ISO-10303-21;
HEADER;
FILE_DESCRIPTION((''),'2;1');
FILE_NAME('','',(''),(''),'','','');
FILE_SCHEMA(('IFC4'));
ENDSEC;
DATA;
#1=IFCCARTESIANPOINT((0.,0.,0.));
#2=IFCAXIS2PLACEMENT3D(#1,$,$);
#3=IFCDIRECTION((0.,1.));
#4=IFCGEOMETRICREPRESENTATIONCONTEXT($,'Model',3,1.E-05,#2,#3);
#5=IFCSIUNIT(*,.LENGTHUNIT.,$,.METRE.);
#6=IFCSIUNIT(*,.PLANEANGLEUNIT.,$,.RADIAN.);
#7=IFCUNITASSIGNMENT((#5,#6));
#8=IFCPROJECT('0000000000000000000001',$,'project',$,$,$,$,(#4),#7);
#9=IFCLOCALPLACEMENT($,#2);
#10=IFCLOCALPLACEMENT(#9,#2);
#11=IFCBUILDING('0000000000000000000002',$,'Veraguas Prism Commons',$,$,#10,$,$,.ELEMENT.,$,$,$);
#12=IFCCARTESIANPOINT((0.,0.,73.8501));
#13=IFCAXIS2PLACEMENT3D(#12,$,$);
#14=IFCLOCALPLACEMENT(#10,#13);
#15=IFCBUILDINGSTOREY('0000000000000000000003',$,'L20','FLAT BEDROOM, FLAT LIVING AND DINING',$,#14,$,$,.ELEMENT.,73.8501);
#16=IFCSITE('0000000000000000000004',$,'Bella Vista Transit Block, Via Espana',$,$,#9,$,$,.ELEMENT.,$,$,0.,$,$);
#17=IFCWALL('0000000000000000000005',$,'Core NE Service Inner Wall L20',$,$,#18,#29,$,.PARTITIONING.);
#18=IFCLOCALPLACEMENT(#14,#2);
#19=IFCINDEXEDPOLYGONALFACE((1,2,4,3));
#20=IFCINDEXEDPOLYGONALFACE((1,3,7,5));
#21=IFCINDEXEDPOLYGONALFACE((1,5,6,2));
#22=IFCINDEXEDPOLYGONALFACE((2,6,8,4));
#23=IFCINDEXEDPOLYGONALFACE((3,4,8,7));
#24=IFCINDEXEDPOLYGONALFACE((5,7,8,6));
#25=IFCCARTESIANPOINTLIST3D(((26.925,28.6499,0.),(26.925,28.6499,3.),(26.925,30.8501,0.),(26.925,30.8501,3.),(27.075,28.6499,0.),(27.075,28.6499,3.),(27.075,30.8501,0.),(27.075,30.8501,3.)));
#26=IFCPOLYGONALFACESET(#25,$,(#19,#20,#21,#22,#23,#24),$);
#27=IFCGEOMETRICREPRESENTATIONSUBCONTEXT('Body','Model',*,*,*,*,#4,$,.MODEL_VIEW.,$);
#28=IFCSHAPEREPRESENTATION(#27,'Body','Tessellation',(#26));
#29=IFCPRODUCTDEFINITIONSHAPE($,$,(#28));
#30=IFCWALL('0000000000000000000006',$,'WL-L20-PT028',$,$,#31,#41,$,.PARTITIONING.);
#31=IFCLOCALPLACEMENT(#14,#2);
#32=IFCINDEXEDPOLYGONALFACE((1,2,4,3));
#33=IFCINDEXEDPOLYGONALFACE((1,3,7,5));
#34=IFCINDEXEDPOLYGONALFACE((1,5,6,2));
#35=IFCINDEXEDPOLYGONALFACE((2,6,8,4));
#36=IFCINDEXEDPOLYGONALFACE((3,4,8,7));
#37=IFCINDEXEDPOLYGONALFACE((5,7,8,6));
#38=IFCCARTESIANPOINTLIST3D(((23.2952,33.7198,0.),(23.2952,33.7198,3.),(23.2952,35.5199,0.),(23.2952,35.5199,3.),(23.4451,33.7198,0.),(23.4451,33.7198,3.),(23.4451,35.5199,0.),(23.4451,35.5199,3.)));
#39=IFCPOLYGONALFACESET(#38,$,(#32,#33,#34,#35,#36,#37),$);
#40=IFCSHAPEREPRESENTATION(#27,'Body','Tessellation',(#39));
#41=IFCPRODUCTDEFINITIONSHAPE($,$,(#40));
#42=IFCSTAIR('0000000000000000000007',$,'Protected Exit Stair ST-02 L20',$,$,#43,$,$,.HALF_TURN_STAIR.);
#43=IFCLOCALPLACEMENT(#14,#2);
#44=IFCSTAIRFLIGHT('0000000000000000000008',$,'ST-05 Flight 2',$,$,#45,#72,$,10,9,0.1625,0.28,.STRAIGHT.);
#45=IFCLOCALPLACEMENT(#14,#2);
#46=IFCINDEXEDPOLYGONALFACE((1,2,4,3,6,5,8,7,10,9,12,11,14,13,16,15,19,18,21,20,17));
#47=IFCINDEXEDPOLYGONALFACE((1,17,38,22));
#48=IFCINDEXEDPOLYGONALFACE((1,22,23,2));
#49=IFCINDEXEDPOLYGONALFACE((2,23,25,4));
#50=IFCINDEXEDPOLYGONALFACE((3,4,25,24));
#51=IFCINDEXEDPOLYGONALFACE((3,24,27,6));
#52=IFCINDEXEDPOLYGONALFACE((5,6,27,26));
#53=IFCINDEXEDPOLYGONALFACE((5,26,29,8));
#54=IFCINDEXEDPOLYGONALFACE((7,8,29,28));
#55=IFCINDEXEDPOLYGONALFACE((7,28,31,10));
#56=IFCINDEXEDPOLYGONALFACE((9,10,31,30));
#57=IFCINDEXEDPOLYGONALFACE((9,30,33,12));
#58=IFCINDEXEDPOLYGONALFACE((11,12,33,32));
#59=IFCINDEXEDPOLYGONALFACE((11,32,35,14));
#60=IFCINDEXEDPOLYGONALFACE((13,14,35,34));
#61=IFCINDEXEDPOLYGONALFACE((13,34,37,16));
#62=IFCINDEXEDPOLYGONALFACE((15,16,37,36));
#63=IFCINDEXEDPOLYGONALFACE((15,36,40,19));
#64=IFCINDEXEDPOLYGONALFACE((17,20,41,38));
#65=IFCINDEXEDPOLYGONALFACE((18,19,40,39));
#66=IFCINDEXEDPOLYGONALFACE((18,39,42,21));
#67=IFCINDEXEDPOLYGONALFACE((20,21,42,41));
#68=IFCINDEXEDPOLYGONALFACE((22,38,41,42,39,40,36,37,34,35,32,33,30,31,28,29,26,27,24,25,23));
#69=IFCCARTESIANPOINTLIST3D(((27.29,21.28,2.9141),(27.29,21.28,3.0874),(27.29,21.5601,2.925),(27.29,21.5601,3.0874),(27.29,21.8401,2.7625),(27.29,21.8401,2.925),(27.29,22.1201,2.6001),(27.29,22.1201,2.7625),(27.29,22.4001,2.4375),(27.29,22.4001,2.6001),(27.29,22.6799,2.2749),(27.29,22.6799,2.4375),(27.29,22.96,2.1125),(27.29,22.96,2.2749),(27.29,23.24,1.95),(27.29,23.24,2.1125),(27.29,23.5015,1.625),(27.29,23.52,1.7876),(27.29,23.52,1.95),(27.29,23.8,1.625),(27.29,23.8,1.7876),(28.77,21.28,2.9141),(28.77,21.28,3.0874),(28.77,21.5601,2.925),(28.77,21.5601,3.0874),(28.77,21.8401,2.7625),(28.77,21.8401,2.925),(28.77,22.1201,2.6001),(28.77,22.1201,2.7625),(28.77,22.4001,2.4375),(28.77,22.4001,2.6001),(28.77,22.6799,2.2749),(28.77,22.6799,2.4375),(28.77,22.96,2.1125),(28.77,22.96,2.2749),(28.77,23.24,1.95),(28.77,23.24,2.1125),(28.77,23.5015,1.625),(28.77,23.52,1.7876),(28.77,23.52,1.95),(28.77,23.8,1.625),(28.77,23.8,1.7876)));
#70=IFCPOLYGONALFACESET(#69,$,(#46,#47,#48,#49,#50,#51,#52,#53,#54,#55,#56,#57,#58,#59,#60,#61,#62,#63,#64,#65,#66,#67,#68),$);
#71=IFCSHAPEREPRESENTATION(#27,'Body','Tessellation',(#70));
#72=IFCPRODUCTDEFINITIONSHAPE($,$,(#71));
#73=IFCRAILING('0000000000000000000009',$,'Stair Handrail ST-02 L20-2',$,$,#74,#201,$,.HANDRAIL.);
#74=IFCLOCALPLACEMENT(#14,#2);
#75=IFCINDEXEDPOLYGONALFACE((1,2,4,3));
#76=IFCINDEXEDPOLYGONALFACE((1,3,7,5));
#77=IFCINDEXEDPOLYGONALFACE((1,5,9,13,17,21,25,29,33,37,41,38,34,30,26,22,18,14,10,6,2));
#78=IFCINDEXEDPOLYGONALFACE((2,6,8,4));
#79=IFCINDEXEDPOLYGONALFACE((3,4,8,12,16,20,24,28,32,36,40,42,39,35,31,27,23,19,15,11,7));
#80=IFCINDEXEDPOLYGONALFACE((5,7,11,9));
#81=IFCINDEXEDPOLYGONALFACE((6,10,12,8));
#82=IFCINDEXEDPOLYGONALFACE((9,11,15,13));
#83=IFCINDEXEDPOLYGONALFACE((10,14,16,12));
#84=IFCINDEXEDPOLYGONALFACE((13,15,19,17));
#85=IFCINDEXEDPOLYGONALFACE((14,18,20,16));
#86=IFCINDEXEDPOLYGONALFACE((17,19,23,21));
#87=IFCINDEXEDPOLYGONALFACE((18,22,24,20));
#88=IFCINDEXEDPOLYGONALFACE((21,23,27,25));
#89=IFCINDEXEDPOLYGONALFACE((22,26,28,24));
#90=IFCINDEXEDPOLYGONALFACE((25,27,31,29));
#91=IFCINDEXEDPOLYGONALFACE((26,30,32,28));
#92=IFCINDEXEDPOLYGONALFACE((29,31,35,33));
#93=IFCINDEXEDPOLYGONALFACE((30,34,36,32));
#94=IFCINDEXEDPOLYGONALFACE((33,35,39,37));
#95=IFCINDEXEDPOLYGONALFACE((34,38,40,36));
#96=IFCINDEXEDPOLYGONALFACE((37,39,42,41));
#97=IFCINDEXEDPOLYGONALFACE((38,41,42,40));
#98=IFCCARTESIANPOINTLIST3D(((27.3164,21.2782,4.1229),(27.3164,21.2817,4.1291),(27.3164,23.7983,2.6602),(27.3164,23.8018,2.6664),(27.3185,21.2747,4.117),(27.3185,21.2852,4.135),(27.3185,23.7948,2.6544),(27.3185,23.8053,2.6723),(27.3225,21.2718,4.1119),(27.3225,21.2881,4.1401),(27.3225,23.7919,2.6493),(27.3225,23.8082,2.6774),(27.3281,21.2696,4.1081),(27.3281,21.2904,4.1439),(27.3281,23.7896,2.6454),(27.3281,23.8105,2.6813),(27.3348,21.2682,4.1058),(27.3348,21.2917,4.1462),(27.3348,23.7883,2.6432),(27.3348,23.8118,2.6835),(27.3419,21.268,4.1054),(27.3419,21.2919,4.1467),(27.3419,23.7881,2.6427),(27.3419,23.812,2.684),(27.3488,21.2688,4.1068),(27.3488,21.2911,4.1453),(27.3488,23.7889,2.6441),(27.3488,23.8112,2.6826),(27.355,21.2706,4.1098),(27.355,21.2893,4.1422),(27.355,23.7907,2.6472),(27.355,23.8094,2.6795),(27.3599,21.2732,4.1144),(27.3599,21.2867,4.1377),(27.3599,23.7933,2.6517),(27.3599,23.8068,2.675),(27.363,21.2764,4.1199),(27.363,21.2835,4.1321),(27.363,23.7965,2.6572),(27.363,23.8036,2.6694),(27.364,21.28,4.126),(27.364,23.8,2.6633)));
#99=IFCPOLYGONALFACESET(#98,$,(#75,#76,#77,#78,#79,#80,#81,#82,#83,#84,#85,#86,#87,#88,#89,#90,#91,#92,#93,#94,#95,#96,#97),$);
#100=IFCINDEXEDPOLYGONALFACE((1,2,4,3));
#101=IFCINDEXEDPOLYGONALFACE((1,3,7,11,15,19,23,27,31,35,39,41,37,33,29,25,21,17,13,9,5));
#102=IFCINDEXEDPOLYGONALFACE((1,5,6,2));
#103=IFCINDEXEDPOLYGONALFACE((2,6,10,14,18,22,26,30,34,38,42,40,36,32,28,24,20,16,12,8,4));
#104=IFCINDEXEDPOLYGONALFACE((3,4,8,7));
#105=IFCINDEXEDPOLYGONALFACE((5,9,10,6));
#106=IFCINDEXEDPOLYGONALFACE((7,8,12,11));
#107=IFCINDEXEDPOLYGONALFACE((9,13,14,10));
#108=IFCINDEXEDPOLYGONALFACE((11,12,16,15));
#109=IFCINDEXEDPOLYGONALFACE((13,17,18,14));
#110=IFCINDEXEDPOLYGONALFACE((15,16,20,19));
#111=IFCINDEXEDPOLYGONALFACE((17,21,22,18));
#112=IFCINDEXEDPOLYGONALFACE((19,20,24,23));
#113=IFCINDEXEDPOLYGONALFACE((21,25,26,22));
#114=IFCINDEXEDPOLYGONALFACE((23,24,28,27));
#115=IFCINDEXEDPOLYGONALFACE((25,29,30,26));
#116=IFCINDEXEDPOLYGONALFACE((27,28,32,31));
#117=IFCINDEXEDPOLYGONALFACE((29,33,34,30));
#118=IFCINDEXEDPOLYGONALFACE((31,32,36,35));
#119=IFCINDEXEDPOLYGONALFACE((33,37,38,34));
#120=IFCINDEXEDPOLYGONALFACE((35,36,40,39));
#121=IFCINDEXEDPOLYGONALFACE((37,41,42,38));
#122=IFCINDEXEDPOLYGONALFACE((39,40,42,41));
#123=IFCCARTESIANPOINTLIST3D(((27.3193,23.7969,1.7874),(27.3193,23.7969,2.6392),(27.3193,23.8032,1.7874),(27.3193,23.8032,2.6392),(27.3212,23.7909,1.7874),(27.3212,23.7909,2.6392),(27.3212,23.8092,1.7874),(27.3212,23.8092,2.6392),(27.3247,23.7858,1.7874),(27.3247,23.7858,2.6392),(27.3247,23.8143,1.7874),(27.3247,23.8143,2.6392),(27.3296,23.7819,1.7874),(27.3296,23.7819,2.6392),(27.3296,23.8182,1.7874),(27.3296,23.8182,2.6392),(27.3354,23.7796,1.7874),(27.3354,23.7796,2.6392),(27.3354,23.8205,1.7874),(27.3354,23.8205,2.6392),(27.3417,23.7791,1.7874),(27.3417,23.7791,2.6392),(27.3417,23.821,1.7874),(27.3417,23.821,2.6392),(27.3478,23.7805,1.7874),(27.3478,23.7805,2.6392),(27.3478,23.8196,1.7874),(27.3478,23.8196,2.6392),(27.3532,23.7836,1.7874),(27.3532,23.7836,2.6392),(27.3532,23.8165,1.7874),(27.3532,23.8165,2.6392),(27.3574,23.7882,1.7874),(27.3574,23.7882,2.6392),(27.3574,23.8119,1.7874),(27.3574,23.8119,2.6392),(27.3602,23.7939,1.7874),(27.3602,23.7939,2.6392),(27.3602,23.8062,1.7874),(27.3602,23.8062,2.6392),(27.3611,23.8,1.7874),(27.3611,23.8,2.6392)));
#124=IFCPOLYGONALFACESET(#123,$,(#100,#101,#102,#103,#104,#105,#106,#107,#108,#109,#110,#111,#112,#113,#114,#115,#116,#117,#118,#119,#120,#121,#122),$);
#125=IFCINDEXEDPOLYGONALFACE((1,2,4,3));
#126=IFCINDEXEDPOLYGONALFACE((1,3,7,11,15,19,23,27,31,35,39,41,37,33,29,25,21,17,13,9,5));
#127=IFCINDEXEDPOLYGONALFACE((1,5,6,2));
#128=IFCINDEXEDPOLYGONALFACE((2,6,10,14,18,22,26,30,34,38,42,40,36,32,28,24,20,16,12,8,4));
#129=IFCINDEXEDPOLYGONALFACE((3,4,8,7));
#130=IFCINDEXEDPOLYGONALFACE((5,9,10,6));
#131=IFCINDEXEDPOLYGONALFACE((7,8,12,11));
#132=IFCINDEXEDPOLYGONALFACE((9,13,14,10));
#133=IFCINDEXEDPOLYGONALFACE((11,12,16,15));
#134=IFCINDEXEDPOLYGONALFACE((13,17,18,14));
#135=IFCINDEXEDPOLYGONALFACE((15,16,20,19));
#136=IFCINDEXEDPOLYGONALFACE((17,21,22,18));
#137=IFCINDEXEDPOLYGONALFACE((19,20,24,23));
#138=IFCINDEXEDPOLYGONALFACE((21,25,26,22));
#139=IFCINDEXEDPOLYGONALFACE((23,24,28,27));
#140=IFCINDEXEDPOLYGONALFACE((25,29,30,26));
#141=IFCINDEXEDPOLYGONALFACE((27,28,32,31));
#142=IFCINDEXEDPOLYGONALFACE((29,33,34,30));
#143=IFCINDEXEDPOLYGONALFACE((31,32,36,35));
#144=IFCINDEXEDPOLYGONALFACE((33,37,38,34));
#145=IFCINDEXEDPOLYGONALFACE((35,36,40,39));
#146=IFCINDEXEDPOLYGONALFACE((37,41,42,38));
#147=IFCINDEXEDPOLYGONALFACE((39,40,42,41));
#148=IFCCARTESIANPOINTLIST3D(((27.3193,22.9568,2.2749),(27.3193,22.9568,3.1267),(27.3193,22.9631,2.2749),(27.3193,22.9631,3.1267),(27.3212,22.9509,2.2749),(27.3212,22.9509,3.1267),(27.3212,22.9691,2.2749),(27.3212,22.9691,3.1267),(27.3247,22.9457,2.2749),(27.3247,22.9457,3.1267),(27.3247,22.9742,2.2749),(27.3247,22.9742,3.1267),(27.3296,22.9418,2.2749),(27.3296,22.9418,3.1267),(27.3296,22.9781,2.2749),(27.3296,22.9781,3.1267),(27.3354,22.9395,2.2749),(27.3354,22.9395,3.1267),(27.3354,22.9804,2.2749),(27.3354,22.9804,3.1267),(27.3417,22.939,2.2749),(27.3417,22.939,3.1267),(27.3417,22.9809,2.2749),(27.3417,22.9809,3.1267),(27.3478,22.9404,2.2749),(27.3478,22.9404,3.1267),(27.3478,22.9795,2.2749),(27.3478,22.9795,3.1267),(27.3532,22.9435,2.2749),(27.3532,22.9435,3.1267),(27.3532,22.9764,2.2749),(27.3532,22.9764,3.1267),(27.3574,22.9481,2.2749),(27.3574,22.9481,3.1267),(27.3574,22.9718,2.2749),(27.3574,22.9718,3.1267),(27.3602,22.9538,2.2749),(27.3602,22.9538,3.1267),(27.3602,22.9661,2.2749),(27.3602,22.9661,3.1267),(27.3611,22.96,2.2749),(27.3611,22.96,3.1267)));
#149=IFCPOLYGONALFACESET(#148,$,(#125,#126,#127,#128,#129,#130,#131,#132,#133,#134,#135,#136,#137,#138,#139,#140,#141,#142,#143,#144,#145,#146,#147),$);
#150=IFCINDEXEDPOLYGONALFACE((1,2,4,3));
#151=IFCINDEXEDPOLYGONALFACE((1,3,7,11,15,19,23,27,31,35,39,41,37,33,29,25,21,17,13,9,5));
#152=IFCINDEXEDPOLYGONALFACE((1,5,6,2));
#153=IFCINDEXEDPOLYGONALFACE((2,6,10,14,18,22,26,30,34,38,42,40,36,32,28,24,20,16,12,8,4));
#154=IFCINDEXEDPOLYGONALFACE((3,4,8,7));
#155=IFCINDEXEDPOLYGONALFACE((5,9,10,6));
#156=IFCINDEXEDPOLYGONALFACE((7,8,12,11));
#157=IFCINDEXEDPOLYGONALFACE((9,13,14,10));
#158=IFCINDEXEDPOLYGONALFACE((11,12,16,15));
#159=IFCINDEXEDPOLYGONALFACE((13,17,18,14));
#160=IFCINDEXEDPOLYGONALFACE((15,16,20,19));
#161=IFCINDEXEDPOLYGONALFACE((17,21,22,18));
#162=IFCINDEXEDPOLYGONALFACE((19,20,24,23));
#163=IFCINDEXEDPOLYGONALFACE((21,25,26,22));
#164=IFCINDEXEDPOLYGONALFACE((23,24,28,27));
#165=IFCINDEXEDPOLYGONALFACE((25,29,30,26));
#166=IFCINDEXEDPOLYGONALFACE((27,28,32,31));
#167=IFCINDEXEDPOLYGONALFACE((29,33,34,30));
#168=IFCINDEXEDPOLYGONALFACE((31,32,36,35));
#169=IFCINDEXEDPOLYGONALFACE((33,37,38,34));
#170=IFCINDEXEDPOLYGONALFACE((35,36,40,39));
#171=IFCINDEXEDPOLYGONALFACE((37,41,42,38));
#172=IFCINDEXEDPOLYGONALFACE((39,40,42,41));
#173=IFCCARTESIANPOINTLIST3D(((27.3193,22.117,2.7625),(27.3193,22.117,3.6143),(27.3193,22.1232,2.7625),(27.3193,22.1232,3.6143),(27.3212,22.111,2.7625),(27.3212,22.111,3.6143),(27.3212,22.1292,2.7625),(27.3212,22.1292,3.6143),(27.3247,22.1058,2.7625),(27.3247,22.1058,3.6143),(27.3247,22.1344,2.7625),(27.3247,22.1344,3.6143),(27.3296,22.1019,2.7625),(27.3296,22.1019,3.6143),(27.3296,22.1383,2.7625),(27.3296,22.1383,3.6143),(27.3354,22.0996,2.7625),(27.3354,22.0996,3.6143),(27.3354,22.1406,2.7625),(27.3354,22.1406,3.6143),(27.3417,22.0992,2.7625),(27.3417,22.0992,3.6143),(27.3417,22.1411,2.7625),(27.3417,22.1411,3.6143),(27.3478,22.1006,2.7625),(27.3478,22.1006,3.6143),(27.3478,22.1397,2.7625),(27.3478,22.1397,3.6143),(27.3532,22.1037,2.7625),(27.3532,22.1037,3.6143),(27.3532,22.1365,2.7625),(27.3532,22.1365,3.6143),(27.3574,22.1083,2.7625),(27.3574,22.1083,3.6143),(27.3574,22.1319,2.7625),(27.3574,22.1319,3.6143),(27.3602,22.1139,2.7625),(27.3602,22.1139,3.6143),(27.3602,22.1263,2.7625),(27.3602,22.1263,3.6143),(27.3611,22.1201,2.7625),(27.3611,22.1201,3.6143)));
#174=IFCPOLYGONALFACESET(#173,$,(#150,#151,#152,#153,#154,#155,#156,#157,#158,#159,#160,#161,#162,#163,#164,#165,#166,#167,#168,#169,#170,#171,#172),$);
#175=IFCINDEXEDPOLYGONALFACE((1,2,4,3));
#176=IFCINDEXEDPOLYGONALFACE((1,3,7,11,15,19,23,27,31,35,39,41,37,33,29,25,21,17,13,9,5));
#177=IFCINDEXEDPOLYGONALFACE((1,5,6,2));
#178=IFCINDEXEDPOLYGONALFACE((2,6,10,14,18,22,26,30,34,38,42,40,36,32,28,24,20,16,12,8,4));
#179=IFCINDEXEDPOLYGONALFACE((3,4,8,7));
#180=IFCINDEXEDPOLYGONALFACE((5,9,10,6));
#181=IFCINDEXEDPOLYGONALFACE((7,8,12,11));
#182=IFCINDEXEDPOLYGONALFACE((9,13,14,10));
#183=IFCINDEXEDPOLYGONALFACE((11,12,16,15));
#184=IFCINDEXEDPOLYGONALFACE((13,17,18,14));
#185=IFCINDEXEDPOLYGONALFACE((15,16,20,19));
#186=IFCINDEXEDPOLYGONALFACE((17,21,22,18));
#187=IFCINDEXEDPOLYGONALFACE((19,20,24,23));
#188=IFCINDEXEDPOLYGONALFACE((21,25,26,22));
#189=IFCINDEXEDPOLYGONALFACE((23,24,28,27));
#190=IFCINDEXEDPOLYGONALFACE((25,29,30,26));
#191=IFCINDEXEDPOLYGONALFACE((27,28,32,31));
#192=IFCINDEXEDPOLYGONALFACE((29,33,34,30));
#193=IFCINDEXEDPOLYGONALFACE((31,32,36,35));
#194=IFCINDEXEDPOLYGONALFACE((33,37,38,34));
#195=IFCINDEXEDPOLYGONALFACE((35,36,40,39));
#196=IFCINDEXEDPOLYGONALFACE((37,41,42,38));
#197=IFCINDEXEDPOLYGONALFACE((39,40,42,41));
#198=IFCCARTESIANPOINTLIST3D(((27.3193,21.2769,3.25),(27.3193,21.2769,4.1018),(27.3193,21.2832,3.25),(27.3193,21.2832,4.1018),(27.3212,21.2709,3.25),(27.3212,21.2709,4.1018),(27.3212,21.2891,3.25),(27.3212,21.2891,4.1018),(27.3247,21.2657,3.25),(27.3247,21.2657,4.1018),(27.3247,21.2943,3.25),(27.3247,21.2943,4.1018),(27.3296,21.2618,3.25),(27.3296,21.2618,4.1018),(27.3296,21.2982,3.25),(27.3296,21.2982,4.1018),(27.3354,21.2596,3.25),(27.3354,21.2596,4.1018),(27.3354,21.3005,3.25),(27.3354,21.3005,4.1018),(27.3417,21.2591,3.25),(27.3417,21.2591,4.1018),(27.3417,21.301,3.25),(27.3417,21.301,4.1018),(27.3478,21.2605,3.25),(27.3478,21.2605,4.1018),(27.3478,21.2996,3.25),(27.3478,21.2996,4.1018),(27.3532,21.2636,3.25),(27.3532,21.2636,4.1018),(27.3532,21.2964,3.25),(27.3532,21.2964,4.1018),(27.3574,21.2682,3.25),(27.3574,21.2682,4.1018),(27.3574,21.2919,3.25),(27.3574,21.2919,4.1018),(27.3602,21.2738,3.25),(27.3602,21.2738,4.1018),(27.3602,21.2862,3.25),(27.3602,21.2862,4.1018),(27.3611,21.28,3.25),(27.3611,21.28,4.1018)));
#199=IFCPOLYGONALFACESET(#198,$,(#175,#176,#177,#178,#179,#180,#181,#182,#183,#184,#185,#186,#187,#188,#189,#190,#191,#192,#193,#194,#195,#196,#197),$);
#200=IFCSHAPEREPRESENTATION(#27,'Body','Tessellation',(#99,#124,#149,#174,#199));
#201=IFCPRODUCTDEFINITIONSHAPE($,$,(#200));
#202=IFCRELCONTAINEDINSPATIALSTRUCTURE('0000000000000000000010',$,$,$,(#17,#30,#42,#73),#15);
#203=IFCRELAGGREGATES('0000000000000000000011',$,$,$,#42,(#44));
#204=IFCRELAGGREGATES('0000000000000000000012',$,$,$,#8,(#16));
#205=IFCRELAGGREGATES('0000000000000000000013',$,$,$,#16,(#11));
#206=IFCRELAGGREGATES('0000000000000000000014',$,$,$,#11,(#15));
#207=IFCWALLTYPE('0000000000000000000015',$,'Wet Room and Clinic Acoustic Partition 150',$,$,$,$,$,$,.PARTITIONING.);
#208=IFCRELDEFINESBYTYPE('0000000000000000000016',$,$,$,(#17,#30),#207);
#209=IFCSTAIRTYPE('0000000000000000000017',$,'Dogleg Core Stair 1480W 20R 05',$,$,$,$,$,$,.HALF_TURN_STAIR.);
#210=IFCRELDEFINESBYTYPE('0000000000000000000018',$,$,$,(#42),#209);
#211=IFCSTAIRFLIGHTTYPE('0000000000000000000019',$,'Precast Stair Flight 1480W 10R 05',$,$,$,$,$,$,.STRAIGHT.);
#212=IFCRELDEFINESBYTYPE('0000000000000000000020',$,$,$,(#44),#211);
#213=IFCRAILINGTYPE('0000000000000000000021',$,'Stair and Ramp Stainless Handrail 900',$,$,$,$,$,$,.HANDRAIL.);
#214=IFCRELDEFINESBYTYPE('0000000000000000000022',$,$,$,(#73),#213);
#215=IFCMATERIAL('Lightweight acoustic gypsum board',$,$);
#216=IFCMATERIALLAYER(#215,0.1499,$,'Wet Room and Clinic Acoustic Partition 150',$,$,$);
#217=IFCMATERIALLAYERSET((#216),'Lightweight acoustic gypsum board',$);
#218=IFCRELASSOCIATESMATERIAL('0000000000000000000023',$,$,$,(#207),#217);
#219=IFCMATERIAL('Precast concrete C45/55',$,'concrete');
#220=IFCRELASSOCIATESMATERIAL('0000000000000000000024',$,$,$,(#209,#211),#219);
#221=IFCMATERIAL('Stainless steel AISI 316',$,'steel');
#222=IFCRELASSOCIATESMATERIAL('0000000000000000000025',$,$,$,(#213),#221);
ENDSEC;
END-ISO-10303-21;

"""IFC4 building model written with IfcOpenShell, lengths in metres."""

from ifc_helpers import new_model, si_unit, direction, frame, frame_2d, origin, origin_2d, place, context, subcontext, project, spatial, polyline, rectangle, circle, outline, extrude, material, layer, layer_set, type_object, element, aggregate, save


model = new_model("IFC4")

# Units and contexts
model_context = context("Model", 3, precision=1e-05, world=origin(), true_north=direction((0.0, 1.0)))
body_context = subcontext(model_context, "Body", "Model", "MODEL_VIEW")
ifc_project = project(units=[si_unit("LENGTHUNIT", "METRE"), si_unit("PLANEANGLEUNIT", "RADIAN")], contexts=[model_context])

# Site, building, storey
site_placement = place(None, origin())
site = spatial("IfcSite", under=ifc_project, at=site_placement, Name="Bella Vista Transit Block, Via Espana", CompositionType="ELEMENT", RefElevation=0.0)
building_placement = place(site_placement, origin())
building = spatial("IfcBuilding", under=site, at=building_placement, Name="Veraguas Prism Commons", CompositionType="ELEMENT")
storey_placement = place(building_placement, frame((0.0, 0.0, 73.8501)))
storey = spatial("IfcBuildingStorey", under=building, at=storey_placement, Name="L20", Description="FLAT BEDROOM, FLAT LIVING AND DINING", CompositionType="ELEMENT", Elevation=73.8501)

# Shared definitions
ifc_material_1 = material(Name="Lightweight acoustic gypsum board")

# Shared definitions
ifc_material_2 = material(Name="Stainless steel AISI 316", Category="steel")

# Walls
ifc_layer_1 = layer(ifc_material_1, 0.1499, Name="Wet Room and Clinic Acoustic Partition 150")
ifc_layer_set_1 = layer_set([ifc_layer_1], Name="Lightweight acoustic gypsum board")
wall_type_1 = type_object("IfcWallType", Name="Wet Room and Clinic Acoustic Partition 150", PredefinedType="PARTITIONING", material=ifc_layer_set_1)
wall_1_placement = place(storey_placement, frame((27.0, 28.6499, 0.0), z_axis=(0.0, 0.0, 1.0), x_axis=(0.0, 1.0, 0.0)))
element("IfcWall", 1, at=wall_1_placement, inside=storey, type_object=wall_type_1, Name="Core NE Service Inner Wall L20", PredefinedType="PARTITIONING", context=body_context, shape_type="SweptSolid", body=[
    extrude(rectangle(XDim=2.2002, YDim=0.1499, at=frame_2d((1.1001, 0.0))), origin(), (0.0, 0.0, 1.0), 3.0),
])
wall_2_placement = place(storey_placement, frame((23.3701, 33.72, 0.0), z_axis=(0.0, 0.0, 1.0), x_axis=(0.0, 1.0, 0.0)))
element("IfcWall", 2, at=wall_2_placement, inside=storey, type_object=wall_type_1, Name="WL-L20-PT028", PredefinedType="PARTITIONING", context=body_context, shape_type="SweptSolid", body=[
    extrude(rectangle(XDim=1.8, YDim=0.1499, at=frame_2d((0.8999, 0.0))), origin(), (0.0, 0.0, 1.0), 3.0),
])

# Stair, stair flight
ifc_material_3 = material(Name="Precast concrete C45/55", Category="concrete")
stair_type = type_object("IfcStairType", Name="Dogleg Core Stair 1480W 20R 05", PredefinedType="HALF_TURN_STAIR", material=ifc_material_3)
stair_placement = place(storey_placement, origin())
stair = element("IfcStair", 3, at=stair_placement, inside=storey, type_object=stair_type, Name="Protected Exit Stair ST-02 L20", PredefinedType="HALF_TURN_STAIR")
stair_flight_type = type_object("IfcStairFlightType", Name="Precast Stair Flight 1480W 10R 05", PredefinedType="STRAIGHT", material=ifc_material_3)
stair_flight_placement = place(storey_placement, frame((28.03, 23.8, 1.625), z_axis=(0.0, 0.0, 1.0), x_axis=(0.0, -1.0, 0.0)))
stair_flight = element("IfcStairFlight", 4, at=stair_flight_placement, type_object=stair_flight_type, Name="ST-05 Flight 2", NumberOfRisers=10, NumberOfTreads=9, PredefinedType="STRAIGHT", RiserHeight=0.1625, TreadLength=0.28, context=body_context, shape_type="SweptSolid", body=[
    extrude(outline(polyline([(0.0, 0.0), (0.0, 0.1626), (0.28, 0.1626), (0.28, 0.325), (0.5601, 0.325), (0.5601, 0.4875), (0.8401, 0.4875), (0.8401, 0.6499), (1.1201, 0.6499), (1.1201, 0.8125), (1.3999, 0.8125), (1.3999, 0.9751), (1.6799, 0.9751), (1.6799, 1.1375), (1.96, 1.1375), (1.96, 1.3), (2.24, 1.3), (2.24, 1.4624), (2.52, 1.4624), (2.52, 1.625), (2.52, 1.2891), (0.2986, 0.0), (0.0, 0.0)])), frame((0.0, 0.74, 0.0), z_axis=(0.0, -1.0, 0.0), x_axis=(1.0, 0.0, 0.0)), (0.0, 0.0, 1.0), 1.48),
])
aggregate(stair, [stair_flight])

# Railing
railing_type_1 = type_object("IfcRailingType", Name="Stair and Ramp Stainless Handrail 900", PredefinedType="HANDRAIL", material=ifc_material_2)
railing_1_placement = place(storey_placement, frame((27.3401, 23.8, 1.7874)))
element("IfcRailing", 5, at=railing_1_placement, inside=storey, type_object=railing_type_1, Name="Stair Handrail ST-02 L20-2", PredefinedType="HANDRAIL", context=body_context, shape_type="SweptSolid", body=[
    extrude(circle(Radius=0.0239, at=origin_2d()), frame((0.0, 0.0, 0.876), z_axis=(0.0, -0.864877, 0.501984), x_axis=(1.0, 0.0, 0.0)), (0.0, 0.0, 1.0), 2.9138),
    extrude(circle(Radius=0.021, at=origin_2d()), origin(), (0.0, 0.0, 1.0), 0.8518),
    extrude(circle(Radius=0.021, at=origin_2d()), frame((0.0, -0.8401, 0.4875)), (0.0, 0.0, 1.0), 0.8518),
    extrude(circle(Radius=0.021, at=origin_2d()), frame((0.0, -1.6799, 0.9751)), (0.0, 0.0, 1.0), 0.8518),
    extrude(circle(Radius=0.021, at=origin_2d()), frame((0.0, -2.52, 1.4626)), (0.0, 0.0, 1.0), 0.8518),
])

save(model, "model.ifc")
